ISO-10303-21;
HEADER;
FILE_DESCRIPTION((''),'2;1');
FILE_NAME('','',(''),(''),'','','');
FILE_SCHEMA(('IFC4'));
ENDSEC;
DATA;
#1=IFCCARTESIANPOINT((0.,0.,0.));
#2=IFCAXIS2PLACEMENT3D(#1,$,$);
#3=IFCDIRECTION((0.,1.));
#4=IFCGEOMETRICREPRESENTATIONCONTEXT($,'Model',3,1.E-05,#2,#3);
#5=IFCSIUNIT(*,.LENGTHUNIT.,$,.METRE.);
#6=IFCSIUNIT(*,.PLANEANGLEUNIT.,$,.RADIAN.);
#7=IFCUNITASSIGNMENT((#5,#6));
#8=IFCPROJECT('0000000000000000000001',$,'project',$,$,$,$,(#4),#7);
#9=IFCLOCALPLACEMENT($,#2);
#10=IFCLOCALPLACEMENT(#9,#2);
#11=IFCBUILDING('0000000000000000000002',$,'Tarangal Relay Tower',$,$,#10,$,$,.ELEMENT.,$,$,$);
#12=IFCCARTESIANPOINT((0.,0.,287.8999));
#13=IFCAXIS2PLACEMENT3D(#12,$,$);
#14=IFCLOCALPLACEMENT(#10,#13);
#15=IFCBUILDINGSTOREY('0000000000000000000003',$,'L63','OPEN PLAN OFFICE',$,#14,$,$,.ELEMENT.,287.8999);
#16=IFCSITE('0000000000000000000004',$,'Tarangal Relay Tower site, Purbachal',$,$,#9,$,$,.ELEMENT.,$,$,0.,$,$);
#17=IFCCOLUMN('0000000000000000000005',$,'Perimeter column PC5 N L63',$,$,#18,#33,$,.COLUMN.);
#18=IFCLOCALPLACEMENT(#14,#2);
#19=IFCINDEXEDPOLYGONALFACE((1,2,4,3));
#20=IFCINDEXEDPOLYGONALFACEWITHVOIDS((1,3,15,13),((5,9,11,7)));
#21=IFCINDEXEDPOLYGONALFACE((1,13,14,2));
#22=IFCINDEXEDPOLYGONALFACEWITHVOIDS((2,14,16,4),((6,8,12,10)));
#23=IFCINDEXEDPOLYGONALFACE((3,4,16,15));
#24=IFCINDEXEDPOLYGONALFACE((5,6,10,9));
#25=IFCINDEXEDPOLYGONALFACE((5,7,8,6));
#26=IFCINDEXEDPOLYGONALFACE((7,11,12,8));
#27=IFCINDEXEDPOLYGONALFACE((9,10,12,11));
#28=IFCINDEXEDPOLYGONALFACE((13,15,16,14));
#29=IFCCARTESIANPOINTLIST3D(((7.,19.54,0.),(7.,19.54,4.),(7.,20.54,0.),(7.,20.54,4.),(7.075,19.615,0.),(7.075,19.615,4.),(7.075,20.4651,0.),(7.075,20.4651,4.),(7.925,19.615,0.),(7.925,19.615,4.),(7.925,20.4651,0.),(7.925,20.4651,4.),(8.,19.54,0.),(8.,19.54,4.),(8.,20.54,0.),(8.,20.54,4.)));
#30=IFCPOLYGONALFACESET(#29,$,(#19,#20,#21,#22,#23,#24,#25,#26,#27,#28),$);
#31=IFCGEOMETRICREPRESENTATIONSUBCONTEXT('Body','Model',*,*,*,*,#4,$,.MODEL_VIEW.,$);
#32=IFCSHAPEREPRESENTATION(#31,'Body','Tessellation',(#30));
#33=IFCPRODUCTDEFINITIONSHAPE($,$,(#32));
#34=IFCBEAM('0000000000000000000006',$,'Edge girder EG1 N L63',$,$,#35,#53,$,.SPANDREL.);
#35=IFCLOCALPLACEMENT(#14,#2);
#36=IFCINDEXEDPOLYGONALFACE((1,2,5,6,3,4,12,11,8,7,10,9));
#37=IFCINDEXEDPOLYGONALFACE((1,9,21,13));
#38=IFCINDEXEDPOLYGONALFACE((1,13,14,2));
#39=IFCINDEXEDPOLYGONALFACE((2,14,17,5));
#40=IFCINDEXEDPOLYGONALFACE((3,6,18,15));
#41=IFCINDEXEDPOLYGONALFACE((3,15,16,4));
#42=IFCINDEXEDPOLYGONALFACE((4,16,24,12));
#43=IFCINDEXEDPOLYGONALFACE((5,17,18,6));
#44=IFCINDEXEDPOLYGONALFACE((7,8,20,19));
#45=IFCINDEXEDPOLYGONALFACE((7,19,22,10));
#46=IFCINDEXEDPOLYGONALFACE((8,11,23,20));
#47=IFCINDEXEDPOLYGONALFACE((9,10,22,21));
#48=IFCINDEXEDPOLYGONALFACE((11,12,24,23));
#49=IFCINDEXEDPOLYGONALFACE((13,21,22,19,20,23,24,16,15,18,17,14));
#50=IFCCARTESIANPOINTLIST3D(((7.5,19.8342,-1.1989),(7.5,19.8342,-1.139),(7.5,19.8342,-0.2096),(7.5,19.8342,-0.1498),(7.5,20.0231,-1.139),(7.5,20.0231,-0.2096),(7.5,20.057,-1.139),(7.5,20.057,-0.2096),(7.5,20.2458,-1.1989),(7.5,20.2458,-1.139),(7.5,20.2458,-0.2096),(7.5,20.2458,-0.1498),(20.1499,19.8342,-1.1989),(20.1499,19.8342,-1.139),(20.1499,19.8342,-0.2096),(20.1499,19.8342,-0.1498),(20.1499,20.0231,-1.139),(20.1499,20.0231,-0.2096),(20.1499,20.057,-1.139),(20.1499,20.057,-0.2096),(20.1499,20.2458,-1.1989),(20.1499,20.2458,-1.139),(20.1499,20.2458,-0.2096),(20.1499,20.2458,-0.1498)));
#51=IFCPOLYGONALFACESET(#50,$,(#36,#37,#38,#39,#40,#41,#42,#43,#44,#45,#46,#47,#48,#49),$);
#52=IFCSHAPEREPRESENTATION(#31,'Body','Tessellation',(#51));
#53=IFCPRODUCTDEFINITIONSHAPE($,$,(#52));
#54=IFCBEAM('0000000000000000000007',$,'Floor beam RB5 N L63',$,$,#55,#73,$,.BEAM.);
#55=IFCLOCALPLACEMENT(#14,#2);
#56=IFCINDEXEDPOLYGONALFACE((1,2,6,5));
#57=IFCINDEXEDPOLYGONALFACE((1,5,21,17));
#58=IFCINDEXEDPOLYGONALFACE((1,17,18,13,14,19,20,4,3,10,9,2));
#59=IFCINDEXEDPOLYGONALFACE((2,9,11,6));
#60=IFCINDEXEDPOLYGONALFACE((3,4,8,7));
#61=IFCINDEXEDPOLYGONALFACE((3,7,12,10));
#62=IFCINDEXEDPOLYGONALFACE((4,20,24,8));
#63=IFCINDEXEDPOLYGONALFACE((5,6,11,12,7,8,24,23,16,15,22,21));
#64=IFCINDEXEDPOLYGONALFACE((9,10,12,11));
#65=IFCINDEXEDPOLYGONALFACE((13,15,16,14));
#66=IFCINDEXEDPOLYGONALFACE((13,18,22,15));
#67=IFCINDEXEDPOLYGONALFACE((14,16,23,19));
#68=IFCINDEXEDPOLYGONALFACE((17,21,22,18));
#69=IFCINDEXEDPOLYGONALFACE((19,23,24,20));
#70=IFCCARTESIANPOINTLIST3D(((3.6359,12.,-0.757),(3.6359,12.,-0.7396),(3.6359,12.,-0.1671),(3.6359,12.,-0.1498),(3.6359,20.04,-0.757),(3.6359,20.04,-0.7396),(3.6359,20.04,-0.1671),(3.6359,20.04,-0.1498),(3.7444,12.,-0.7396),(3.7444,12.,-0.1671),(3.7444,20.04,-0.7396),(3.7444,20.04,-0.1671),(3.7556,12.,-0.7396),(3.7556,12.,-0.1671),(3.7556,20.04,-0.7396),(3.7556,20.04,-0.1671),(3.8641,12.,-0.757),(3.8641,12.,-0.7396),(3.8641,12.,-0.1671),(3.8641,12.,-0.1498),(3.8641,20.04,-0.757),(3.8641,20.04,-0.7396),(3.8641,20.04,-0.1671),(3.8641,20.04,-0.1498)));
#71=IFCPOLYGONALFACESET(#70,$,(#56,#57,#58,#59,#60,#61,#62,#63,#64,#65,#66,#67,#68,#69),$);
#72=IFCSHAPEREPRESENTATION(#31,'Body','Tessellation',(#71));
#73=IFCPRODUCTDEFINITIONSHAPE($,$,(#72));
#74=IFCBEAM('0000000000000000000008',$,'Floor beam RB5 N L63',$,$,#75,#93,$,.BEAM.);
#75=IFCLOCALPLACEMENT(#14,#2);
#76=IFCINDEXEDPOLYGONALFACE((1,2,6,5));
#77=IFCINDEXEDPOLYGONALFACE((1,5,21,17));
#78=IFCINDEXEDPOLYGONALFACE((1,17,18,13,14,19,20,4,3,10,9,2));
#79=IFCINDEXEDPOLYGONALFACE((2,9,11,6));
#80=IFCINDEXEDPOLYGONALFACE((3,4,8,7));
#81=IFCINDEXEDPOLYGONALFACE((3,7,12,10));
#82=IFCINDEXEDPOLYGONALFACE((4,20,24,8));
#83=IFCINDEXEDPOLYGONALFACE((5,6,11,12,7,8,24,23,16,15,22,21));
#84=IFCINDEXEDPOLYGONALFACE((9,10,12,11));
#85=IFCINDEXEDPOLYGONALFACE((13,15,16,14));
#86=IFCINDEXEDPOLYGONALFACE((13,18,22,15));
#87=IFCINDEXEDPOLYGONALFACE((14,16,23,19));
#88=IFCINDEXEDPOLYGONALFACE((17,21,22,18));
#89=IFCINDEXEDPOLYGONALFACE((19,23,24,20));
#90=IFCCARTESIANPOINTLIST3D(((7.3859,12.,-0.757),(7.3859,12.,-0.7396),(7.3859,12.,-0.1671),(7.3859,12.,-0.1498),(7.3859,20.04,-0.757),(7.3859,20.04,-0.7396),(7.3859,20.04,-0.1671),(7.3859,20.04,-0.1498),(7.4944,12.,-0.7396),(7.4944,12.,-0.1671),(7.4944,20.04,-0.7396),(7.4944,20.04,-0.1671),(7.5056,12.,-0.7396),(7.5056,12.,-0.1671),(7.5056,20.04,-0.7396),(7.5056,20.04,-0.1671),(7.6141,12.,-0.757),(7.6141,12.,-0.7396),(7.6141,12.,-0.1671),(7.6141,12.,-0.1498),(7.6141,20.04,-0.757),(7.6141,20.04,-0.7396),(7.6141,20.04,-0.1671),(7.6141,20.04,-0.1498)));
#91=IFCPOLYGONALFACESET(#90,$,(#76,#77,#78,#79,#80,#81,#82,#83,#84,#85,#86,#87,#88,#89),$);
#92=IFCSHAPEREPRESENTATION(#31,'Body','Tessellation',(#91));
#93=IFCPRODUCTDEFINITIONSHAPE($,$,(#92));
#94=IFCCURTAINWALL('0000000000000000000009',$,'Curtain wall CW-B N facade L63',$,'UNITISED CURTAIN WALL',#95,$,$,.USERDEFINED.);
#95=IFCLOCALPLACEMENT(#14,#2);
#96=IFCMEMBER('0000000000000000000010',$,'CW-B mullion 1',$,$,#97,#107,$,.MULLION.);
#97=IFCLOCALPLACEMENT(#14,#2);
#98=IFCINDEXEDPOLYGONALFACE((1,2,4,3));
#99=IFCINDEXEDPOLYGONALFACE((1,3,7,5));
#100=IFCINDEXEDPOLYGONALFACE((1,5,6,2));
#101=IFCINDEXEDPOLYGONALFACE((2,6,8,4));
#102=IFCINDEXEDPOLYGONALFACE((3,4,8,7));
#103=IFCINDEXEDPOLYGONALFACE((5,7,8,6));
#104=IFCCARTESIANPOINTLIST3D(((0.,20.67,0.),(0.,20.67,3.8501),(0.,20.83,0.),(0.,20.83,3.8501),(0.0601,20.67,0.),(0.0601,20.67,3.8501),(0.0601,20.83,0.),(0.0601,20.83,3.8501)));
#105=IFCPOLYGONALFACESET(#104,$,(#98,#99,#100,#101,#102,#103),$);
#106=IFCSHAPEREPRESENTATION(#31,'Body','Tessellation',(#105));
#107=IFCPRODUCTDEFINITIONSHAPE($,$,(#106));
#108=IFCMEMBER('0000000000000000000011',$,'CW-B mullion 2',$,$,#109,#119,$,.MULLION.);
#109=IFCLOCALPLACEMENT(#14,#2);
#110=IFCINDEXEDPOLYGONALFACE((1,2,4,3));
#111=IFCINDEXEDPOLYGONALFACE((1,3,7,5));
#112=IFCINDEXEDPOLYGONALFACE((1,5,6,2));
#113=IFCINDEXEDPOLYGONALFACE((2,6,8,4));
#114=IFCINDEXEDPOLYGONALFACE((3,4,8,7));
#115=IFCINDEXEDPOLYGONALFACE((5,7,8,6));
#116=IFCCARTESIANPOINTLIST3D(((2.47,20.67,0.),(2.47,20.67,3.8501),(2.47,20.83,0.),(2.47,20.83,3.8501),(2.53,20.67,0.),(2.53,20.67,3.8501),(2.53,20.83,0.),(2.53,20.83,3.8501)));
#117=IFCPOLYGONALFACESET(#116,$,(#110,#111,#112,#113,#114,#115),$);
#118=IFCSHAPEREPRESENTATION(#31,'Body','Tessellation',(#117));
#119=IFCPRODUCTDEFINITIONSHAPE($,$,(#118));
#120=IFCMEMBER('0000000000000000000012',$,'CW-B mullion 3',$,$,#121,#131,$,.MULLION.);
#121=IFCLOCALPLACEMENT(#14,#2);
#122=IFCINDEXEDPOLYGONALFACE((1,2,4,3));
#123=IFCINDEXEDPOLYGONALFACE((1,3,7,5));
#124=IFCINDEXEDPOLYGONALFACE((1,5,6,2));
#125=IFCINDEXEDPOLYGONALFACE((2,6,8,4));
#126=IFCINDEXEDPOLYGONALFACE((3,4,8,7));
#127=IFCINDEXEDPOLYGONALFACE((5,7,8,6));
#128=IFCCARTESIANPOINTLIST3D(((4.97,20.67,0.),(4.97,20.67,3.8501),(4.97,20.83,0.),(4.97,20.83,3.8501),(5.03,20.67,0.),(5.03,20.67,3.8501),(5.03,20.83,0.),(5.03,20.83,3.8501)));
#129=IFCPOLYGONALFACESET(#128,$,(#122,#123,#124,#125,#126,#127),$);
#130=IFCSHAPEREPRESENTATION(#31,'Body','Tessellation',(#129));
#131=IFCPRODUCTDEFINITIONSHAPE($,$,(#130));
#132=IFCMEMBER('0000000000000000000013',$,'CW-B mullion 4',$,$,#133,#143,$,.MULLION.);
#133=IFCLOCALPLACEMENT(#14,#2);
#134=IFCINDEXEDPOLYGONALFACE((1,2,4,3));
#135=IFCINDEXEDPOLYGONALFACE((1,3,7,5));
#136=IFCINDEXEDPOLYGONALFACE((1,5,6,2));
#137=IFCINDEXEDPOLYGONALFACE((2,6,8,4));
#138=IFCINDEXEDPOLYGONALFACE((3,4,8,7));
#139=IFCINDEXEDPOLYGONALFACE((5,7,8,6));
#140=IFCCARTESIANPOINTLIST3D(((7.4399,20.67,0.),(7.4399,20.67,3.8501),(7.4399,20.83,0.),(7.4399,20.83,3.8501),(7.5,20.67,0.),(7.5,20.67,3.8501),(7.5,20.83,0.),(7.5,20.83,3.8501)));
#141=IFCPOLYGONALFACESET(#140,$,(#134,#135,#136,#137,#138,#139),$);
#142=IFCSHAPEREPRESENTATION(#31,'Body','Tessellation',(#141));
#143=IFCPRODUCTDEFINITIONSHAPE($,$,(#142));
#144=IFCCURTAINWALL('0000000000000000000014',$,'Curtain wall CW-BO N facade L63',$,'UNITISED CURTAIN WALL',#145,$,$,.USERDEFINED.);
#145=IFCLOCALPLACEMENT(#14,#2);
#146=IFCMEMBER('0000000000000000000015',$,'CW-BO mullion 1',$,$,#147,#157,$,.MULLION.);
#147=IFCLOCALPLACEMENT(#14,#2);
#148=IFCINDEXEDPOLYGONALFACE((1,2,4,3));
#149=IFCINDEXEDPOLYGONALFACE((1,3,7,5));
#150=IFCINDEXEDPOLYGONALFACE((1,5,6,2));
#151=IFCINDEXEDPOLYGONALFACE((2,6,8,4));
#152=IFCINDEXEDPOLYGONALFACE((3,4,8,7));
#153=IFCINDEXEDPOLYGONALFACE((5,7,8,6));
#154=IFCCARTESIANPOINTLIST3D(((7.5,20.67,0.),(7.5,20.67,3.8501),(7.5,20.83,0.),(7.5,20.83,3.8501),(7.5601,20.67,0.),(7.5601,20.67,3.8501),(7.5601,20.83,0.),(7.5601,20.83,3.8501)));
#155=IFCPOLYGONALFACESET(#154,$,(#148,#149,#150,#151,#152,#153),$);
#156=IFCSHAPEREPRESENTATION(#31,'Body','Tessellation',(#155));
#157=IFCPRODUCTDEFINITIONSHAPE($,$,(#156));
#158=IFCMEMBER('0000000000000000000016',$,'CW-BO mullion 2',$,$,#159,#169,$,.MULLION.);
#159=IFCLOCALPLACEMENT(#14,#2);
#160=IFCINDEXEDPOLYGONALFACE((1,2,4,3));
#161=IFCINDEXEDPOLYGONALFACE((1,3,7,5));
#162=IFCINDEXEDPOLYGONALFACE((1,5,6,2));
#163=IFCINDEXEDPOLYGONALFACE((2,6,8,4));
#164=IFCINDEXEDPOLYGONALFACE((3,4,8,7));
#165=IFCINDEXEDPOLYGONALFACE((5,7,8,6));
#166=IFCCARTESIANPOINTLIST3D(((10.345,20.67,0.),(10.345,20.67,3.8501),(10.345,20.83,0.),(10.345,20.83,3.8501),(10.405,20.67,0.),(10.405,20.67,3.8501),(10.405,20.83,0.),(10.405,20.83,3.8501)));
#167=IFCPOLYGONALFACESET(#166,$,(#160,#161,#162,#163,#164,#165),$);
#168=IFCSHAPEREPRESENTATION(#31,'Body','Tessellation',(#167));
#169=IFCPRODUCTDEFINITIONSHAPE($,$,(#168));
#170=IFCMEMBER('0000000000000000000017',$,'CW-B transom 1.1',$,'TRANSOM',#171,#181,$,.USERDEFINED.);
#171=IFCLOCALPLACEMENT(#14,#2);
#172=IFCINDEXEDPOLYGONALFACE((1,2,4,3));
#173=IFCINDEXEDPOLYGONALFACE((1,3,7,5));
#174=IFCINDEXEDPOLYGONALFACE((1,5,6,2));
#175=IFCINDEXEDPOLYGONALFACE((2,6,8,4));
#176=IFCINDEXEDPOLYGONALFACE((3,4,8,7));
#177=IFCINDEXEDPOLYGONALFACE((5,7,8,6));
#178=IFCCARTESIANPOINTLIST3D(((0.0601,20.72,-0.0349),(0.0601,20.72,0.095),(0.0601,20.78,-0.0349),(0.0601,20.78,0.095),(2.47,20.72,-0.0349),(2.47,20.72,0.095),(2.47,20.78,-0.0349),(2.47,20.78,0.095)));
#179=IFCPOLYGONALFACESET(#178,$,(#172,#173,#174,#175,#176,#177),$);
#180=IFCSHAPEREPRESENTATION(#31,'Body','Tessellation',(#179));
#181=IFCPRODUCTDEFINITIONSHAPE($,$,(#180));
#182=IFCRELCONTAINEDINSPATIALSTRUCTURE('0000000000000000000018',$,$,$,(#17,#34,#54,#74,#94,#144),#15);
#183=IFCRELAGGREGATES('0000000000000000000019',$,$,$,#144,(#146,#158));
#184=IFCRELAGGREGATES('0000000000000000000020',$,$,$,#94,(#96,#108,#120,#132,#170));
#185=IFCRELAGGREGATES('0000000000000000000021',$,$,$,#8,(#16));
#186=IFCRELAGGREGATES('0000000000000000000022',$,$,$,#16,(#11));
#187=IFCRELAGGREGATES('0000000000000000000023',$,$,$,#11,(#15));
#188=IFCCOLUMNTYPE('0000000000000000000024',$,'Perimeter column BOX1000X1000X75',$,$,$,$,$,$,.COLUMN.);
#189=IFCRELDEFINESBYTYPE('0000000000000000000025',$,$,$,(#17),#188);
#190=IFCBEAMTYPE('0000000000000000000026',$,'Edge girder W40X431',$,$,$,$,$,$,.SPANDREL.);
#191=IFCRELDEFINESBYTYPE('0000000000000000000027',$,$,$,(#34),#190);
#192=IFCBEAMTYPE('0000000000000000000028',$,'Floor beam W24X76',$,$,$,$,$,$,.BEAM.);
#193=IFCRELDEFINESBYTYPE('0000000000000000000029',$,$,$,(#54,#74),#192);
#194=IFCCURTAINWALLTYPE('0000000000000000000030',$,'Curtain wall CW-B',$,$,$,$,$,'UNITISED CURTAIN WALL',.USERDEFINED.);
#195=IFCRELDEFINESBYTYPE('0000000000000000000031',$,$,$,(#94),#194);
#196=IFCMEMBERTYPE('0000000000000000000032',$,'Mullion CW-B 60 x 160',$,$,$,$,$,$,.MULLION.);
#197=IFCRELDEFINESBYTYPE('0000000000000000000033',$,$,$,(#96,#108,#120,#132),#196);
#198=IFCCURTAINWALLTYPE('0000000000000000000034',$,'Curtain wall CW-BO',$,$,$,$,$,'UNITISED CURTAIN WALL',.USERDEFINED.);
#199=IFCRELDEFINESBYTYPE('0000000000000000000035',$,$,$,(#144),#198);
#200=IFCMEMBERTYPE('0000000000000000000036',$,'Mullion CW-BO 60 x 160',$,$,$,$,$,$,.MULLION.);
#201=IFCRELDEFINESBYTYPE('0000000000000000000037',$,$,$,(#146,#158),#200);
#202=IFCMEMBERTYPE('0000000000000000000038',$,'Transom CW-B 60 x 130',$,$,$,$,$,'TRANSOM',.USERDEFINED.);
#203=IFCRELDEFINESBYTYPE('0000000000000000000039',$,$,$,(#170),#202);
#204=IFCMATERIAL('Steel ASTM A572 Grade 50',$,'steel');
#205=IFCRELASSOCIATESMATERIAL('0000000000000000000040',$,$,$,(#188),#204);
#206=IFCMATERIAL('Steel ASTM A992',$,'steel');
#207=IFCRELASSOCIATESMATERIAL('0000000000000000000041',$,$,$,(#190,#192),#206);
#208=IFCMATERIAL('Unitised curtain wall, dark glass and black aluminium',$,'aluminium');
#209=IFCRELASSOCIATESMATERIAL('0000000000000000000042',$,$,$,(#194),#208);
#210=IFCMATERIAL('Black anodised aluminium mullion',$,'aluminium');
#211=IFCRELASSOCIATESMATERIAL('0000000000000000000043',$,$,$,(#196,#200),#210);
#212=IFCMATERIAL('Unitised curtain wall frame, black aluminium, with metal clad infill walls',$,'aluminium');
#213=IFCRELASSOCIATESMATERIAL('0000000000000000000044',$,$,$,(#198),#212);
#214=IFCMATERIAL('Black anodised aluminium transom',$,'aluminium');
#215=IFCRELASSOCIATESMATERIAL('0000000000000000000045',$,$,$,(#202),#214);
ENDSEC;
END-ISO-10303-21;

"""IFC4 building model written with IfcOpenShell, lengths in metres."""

from ifc_helpers import new_model, si_unit, direction, frame, origin, origin_2d, place, context, subcontext, project, spatial, rectangle, hollow_rectangle, i_section, extrude, material, material_profile, profile_set, type_object, element, aggregate, save


model = new_model("IFC4")

# Units and contexts
model_context = context("Model", 3, precision=1e-05, world=origin(), true_north=direction((0.0, 1.0)))
body_context = subcontext(model_context, "Body", "Model", "MODEL_VIEW")
ifc_project = project(units=[si_unit("LENGTHUNIT", "METRE"), si_unit("PLANEANGLEUNIT", "RADIAN")], contexts=[model_context])

# Site, building, storey
site_placement = place(None, origin())
site = spatial("IfcSite", under=ifc_project, at=site_placement, Name="Tarangal Relay Tower site, Purbachal", CompositionType="ELEMENT", RefElevation=0.0)
building_placement = place(site_placement, origin())
building = spatial("IfcBuilding", under=site, at=building_placement, Name="Tarangal Relay Tower", CompositionType="ELEMENT")
storey_placement = place(building_placement, frame((0.0, 0.0, 287.8999)))
storey = spatial("IfcBuildingStorey", under=building, at=storey_placement, Name="L63", Description="OPEN PLAN OFFICE", CompositionType="ELEMENT", Elevation=287.8999)

# Column
ifc_material_1 = material(Name="Steel ASTM A572 Grade 50", Category="steel")
ifc_material_profile_1 = material_profile(ifc_material_1, hollow_rectangle(XDim=1.0, YDim=1.0, WallThickness=0.075, at=origin_2d()), Name="BOX1000X1000X75")
ifc_profile_set_1 = profile_set([ifc_material_profile_1], Name="Steel ASTM A572 Grade 50")
column_type = type_object("IfcColumnType", Name="Perimeter column BOX1000X1000X75", PredefinedType="COLUMN", material=ifc_profile_set_1)
column_placement = place(storey_placement, frame((7.5, 20.04, 0.0), z_axis=(0.0, 0.0, 1.0), x_axis=(1.0, 0.0, 0.0)))
element("IfcColumn", 1, at=column_placement, inside=storey, type_object=column_type, Name="Perimeter column PC5 N L63", PredefinedType="COLUMN", context=body_context, shape_type="SweptSolid", body=[
    extrude(hollow_rectangle(XDim=1.0, YDim=1.0, WallThickness=0.075, at=origin_2d()), origin(), (0.0, 0.0, 1.0), 4.0),
])

# Beams
ifc_material_2 = material(Name="Steel ASTM A992", Category="steel")
ifc_material_profile_2 = material_profile(ifc_material_2, i_section(OverallWidth=0.4116, OverallDepth=1.0491, WebThickness=0.0339, FlangeThickness=0.0598, at=origin_2d()), Name="W40X431")
ifc_profile_set_2 = profile_set([ifc_material_profile_2], Name="Steel ASTM A992")
beam_type_1 = type_object("IfcBeamType", Name="Edge girder W40X431", PredefinedType="SPANDREL", material=ifc_profile_set_2)
beam_placement = place(storey_placement, frame((7.5, 20.04, -0.6743), z_axis=(1.0, 0.0, 0.0), x_axis=(0.0, 1.0, 0.0)))
element("IfcBeam", 2, at=beam_placement, inside=storey, type_object=beam_type_1, Name="Edge girder EG1 N L63", PredefinedType="SPANDREL", context=body_context, shape_type="SweptSolid", body=[
    extrude(i_section(OverallWidth=0.4116, OverallDepth=1.0491, WebThickness=0.0339, FlangeThickness=0.0598, at=origin_2d()), origin(), (0.0, 0.0, 1.0), 12.6499),
])
ifc_material_profile_3 = material_profile(ifc_material_2, i_section(OverallWidth=0.2283, OverallDepth=0.6072, WebThickness=0.0112, FlangeThickness=0.0173, at=origin_2d()), Name="W24X76")
ifc_profile_set_3 = profile_set([ifc_material_profile_3], Name="Steel ASTM A992")
beam_type_2 = type_object("IfcBeamType", Name="Floor beam W24X76", PredefinedType="BEAM", material=ifc_profile_set_3)
for number, where, z_axis, x_axis, name in (
    (3, (3.75, 12.0, -0.4534), (0.0, 1.0, 0.0), (-1.0, 0.0, 0.0), "Floor beam RB5 N L63"),
    (4, (7.5, 12.0, -0.4534), (0.0, 1.0, 0.0), (-1.0, 0.0, 0.0), "Floor beam RB5 N L63"),
):
    element("IfcBeam", number, at=place(storey_placement, frame(where, z_axis=z_axis, x_axis=x_axis)), inside=storey, type_object=beam_type_2, Name=name, PredefinedType="BEAM", context=body_context, shape_type="SweptSolid", body=[
        extrude(i_section(OverallWidth=0.2283, OverallDepth=0.6072, WebThickness=0.0112, FlangeThickness=0.0173, at=origin_2d()), origin(), (0.0, 0.0, 1.0), 8.04),
    ])

# Curtain walls, members
ifc_material_3 = material(Name="Unitised curtain wall, dark glass and black aluminium", Category="aluminium")
curtain_wall_type_1 = type_object("IfcCurtainWallType", Name="Curtain wall CW-B", ElementType="UNITISED CURTAIN WALL", PredefinedType="USERDEFINED", material=ifc_material_3)
curtain_wall_1_placement = place(storey_placement, origin())
curtain_wall_1 = element("IfcCurtainWall", 5, at=curtain_wall_1_placement, inside=storey, type_object=curtain_wall_type_1, Name="Curtain wall CW-B N facade L63", ObjectType="UNITISED CURTAIN WALL", PredefinedType="USERDEFINED")
ifc_material_4 = material(Name="Black anodised aluminium mullion", Category="aluminium")
ifc_material_profile_4 = material_profile(ifc_material_4, rectangle(XDim=0.1599, YDim=0.0601, at=origin_2d()), Name="CW-BM 60X160")
ifc_profile_set_4 = profile_set([ifc_material_profile_4], Name="Black anodised aluminium mullion")
member_type_1 = type_object("IfcMemberType", Name="Mullion CW-B 60 x 160", PredefinedType="MULLION", material=ifc_profile_set_4)
member_1_placement = place(storey_placement, frame((0.03, 20.75, 0.0), z_axis=(0.0, 0.0, 1.0), x_axis=(0.0, 1.0, 0.0)))
member_1 = element("IfcMember", 6, at=member_1_placement, type_object=member_type_1, Name="CW-B mullion 1", PredefinedType="MULLION", context=body_context, shape_type="SweptSolid", body=[
    extrude(rectangle(XDim=0.1599, YDim=0.0601, at=origin_2d()), origin(), (0.0, 0.0, 1.0), 3.8501),
])
member_2_placement = place(storey_placement, frame((2.5, 20.75, 0.0), z_axis=(0.0, 0.0, 1.0), x_axis=(0.0, 1.0, 0.0)))
member_2 = element("IfcMember", 7, at=member_2_placement, type_object=member_type_1, Name="CW-B mullion 2", PredefinedType="MULLION", context=body_context, shape_type="SweptSolid", body=[
    extrude(rectangle(XDim=0.1599, YDim=0.0601, at=origin_2d()), origin(), (0.0, 0.0, 1.0), 3.8501),
])
member_3_placement = place(storey_placement, frame((5.0, 20.75, 0.0), z_axis=(0.0, 0.0, 1.0), x_axis=(0.0, 1.0, 0.0)))
member_3 = element("IfcMember", 8, at=member_3_placement, type_object=member_type_1, Name="CW-B mullion 3", PredefinedType="MULLION", context=body_context, shape_type="SweptSolid", body=[
    extrude(rectangle(XDim=0.1599, YDim=0.0601, at=origin_2d()), origin(), (0.0, 0.0, 1.0), 3.8501),
])
member_4_placement = place(storey_placement, frame((7.47, 20.75, 0.0), z_axis=(0.0, 0.0, 1.0), x_axis=(0.0, 1.0, 0.0)))
member_4 = element("IfcMember", 9, at=member_4_placement, type_object=member_type_1, Name="CW-B mullion 4", PredefinedType="MULLION", context=body_context, shape_type="SweptSolid", body=[
    extrude(rectangle(XDim=0.1599, YDim=0.0601, at=origin_2d()), origin(), (0.0, 0.0, 1.0), 3.8501),
])
ifc_material_5 = material(Name="Unitised curtain wall frame, black aluminium, with metal clad infill walls", Category="aluminium")
curtain_wall_type_2 = type_object("IfcCurtainWallType", Name="Curtain wall CW-BO", ElementType="UNITISED CURTAIN WALL", PredefinedType="USERDEFINED", material=ifc_material_5)
curtain_wall_2_placement = place(storey_placement, origin())
curtain_wall_2 = element("IfcCurtainWall", 10, at=curtain_wall_2_placement, inside=storey, type_object=curtain_wall_type_2, Name="Curtain wall CW-BO N facade L63", ObjectType="UNITISED CURTAIN WALL", PredefinedType="USERDEFINED")
ifc_material_profile_5 = material_profile(ifc_material_4, rectangle(XDim=0.1599, YDim=0.0601, at=origin_2d()), Name="CW-BOM 60X160")
ifc_profile_set_5 = profile_set([ifc_material_profile_5], Name="Black anodised aluminium mullion")
member_type_2 = type_object("IfcMemberType", Name="Mullion CW-BO 60 x 160", PredefinedType="MULLION", material=ifc_profile_set_5)
member_5_placement = place(storey_placement, frame((7.53, 20.75, 0.0), z_axis=(0.0, 0.0, 1.0), x_axis=(0.0, 1.0, 0.0)))
member_5 = element("IfcMember", 11, at=member_5_placement, type_object=member_type_2, Name="CW-BO mullion 1", PredefinedType="MULLION", context=body_context, shape_type="SweptSolid", body=[
    extrude(rectangle(XDim=0.1599, YDim=0.0601, at=origin_2d()), origin(), (0.0, 0.0, 1.0), 3.8501),
])
member_6_placement = place(storey_placement, frame((10.375, 20.75, 0.0), z_axis=(0.0, 0.0, 1.0), x_axis=(0.0, 1.0, 0.0)))
member_6 = element("IfcMember", 12, at=member_6_placement, type_object=member_type_2, Name="CW-BO mullion 2", PredefinedType="MULLION", context=body_context, shape_type="SweptSolid", body=[
    extrude(rectangle(XDim=0.1599, YDim=0.0601, at=origin_2d()), origin(), (0.0, 0.0, 1.0), 3.8501),
])

# Member
ifc_material_6 = material(Name="Black anodised aluminium transom", Category="aluminium")
ifc_material_profile_6 = material_profile(ifc_material_6, rectangle(XDim=0.0601, YDim=0.1299, at=origin_2d()), Name="CW-BT 60X130")
ifc_profile_set_6 = profile_set([ifc_material_profile_6], Name="Black anodised aluminium transom")
member_type_3 = type_object("IfcMemberType", Name="Transom CW-B 60 x 130", ElementType="TRANSOM", PredefinedType="USERDEFINED", material=ifc_profile_set_6)
member_7_placement = place(storey_placement, frame((0.0601, 20.75, 0.03), z_axis=(1.0, 0.0, 0.0), x_axis=(0.0, 1.0, 0.0)))
member_7 = element("IfcMember", 13, at=member_7_placement, type_object=member_type_3, Name="CW-B transom 1.1", ObjectType="TRANSOM", PredefinedType="USERDEFINED", context=body_context, shape_type="SweptSolid", body=[
    extrude(rectangle(XDim=0.0601, YDim=0.1299, at=origin_2d()), origin(), (0.0, 0.0, 1.0), 2.4099),
])
aggregate(curtain_wall_2, [member_5, member_6])

aggregate(curtain_wall_1, [member_1, member_2, member_3, member_4, member_7])

save(model, "model.ifc")
